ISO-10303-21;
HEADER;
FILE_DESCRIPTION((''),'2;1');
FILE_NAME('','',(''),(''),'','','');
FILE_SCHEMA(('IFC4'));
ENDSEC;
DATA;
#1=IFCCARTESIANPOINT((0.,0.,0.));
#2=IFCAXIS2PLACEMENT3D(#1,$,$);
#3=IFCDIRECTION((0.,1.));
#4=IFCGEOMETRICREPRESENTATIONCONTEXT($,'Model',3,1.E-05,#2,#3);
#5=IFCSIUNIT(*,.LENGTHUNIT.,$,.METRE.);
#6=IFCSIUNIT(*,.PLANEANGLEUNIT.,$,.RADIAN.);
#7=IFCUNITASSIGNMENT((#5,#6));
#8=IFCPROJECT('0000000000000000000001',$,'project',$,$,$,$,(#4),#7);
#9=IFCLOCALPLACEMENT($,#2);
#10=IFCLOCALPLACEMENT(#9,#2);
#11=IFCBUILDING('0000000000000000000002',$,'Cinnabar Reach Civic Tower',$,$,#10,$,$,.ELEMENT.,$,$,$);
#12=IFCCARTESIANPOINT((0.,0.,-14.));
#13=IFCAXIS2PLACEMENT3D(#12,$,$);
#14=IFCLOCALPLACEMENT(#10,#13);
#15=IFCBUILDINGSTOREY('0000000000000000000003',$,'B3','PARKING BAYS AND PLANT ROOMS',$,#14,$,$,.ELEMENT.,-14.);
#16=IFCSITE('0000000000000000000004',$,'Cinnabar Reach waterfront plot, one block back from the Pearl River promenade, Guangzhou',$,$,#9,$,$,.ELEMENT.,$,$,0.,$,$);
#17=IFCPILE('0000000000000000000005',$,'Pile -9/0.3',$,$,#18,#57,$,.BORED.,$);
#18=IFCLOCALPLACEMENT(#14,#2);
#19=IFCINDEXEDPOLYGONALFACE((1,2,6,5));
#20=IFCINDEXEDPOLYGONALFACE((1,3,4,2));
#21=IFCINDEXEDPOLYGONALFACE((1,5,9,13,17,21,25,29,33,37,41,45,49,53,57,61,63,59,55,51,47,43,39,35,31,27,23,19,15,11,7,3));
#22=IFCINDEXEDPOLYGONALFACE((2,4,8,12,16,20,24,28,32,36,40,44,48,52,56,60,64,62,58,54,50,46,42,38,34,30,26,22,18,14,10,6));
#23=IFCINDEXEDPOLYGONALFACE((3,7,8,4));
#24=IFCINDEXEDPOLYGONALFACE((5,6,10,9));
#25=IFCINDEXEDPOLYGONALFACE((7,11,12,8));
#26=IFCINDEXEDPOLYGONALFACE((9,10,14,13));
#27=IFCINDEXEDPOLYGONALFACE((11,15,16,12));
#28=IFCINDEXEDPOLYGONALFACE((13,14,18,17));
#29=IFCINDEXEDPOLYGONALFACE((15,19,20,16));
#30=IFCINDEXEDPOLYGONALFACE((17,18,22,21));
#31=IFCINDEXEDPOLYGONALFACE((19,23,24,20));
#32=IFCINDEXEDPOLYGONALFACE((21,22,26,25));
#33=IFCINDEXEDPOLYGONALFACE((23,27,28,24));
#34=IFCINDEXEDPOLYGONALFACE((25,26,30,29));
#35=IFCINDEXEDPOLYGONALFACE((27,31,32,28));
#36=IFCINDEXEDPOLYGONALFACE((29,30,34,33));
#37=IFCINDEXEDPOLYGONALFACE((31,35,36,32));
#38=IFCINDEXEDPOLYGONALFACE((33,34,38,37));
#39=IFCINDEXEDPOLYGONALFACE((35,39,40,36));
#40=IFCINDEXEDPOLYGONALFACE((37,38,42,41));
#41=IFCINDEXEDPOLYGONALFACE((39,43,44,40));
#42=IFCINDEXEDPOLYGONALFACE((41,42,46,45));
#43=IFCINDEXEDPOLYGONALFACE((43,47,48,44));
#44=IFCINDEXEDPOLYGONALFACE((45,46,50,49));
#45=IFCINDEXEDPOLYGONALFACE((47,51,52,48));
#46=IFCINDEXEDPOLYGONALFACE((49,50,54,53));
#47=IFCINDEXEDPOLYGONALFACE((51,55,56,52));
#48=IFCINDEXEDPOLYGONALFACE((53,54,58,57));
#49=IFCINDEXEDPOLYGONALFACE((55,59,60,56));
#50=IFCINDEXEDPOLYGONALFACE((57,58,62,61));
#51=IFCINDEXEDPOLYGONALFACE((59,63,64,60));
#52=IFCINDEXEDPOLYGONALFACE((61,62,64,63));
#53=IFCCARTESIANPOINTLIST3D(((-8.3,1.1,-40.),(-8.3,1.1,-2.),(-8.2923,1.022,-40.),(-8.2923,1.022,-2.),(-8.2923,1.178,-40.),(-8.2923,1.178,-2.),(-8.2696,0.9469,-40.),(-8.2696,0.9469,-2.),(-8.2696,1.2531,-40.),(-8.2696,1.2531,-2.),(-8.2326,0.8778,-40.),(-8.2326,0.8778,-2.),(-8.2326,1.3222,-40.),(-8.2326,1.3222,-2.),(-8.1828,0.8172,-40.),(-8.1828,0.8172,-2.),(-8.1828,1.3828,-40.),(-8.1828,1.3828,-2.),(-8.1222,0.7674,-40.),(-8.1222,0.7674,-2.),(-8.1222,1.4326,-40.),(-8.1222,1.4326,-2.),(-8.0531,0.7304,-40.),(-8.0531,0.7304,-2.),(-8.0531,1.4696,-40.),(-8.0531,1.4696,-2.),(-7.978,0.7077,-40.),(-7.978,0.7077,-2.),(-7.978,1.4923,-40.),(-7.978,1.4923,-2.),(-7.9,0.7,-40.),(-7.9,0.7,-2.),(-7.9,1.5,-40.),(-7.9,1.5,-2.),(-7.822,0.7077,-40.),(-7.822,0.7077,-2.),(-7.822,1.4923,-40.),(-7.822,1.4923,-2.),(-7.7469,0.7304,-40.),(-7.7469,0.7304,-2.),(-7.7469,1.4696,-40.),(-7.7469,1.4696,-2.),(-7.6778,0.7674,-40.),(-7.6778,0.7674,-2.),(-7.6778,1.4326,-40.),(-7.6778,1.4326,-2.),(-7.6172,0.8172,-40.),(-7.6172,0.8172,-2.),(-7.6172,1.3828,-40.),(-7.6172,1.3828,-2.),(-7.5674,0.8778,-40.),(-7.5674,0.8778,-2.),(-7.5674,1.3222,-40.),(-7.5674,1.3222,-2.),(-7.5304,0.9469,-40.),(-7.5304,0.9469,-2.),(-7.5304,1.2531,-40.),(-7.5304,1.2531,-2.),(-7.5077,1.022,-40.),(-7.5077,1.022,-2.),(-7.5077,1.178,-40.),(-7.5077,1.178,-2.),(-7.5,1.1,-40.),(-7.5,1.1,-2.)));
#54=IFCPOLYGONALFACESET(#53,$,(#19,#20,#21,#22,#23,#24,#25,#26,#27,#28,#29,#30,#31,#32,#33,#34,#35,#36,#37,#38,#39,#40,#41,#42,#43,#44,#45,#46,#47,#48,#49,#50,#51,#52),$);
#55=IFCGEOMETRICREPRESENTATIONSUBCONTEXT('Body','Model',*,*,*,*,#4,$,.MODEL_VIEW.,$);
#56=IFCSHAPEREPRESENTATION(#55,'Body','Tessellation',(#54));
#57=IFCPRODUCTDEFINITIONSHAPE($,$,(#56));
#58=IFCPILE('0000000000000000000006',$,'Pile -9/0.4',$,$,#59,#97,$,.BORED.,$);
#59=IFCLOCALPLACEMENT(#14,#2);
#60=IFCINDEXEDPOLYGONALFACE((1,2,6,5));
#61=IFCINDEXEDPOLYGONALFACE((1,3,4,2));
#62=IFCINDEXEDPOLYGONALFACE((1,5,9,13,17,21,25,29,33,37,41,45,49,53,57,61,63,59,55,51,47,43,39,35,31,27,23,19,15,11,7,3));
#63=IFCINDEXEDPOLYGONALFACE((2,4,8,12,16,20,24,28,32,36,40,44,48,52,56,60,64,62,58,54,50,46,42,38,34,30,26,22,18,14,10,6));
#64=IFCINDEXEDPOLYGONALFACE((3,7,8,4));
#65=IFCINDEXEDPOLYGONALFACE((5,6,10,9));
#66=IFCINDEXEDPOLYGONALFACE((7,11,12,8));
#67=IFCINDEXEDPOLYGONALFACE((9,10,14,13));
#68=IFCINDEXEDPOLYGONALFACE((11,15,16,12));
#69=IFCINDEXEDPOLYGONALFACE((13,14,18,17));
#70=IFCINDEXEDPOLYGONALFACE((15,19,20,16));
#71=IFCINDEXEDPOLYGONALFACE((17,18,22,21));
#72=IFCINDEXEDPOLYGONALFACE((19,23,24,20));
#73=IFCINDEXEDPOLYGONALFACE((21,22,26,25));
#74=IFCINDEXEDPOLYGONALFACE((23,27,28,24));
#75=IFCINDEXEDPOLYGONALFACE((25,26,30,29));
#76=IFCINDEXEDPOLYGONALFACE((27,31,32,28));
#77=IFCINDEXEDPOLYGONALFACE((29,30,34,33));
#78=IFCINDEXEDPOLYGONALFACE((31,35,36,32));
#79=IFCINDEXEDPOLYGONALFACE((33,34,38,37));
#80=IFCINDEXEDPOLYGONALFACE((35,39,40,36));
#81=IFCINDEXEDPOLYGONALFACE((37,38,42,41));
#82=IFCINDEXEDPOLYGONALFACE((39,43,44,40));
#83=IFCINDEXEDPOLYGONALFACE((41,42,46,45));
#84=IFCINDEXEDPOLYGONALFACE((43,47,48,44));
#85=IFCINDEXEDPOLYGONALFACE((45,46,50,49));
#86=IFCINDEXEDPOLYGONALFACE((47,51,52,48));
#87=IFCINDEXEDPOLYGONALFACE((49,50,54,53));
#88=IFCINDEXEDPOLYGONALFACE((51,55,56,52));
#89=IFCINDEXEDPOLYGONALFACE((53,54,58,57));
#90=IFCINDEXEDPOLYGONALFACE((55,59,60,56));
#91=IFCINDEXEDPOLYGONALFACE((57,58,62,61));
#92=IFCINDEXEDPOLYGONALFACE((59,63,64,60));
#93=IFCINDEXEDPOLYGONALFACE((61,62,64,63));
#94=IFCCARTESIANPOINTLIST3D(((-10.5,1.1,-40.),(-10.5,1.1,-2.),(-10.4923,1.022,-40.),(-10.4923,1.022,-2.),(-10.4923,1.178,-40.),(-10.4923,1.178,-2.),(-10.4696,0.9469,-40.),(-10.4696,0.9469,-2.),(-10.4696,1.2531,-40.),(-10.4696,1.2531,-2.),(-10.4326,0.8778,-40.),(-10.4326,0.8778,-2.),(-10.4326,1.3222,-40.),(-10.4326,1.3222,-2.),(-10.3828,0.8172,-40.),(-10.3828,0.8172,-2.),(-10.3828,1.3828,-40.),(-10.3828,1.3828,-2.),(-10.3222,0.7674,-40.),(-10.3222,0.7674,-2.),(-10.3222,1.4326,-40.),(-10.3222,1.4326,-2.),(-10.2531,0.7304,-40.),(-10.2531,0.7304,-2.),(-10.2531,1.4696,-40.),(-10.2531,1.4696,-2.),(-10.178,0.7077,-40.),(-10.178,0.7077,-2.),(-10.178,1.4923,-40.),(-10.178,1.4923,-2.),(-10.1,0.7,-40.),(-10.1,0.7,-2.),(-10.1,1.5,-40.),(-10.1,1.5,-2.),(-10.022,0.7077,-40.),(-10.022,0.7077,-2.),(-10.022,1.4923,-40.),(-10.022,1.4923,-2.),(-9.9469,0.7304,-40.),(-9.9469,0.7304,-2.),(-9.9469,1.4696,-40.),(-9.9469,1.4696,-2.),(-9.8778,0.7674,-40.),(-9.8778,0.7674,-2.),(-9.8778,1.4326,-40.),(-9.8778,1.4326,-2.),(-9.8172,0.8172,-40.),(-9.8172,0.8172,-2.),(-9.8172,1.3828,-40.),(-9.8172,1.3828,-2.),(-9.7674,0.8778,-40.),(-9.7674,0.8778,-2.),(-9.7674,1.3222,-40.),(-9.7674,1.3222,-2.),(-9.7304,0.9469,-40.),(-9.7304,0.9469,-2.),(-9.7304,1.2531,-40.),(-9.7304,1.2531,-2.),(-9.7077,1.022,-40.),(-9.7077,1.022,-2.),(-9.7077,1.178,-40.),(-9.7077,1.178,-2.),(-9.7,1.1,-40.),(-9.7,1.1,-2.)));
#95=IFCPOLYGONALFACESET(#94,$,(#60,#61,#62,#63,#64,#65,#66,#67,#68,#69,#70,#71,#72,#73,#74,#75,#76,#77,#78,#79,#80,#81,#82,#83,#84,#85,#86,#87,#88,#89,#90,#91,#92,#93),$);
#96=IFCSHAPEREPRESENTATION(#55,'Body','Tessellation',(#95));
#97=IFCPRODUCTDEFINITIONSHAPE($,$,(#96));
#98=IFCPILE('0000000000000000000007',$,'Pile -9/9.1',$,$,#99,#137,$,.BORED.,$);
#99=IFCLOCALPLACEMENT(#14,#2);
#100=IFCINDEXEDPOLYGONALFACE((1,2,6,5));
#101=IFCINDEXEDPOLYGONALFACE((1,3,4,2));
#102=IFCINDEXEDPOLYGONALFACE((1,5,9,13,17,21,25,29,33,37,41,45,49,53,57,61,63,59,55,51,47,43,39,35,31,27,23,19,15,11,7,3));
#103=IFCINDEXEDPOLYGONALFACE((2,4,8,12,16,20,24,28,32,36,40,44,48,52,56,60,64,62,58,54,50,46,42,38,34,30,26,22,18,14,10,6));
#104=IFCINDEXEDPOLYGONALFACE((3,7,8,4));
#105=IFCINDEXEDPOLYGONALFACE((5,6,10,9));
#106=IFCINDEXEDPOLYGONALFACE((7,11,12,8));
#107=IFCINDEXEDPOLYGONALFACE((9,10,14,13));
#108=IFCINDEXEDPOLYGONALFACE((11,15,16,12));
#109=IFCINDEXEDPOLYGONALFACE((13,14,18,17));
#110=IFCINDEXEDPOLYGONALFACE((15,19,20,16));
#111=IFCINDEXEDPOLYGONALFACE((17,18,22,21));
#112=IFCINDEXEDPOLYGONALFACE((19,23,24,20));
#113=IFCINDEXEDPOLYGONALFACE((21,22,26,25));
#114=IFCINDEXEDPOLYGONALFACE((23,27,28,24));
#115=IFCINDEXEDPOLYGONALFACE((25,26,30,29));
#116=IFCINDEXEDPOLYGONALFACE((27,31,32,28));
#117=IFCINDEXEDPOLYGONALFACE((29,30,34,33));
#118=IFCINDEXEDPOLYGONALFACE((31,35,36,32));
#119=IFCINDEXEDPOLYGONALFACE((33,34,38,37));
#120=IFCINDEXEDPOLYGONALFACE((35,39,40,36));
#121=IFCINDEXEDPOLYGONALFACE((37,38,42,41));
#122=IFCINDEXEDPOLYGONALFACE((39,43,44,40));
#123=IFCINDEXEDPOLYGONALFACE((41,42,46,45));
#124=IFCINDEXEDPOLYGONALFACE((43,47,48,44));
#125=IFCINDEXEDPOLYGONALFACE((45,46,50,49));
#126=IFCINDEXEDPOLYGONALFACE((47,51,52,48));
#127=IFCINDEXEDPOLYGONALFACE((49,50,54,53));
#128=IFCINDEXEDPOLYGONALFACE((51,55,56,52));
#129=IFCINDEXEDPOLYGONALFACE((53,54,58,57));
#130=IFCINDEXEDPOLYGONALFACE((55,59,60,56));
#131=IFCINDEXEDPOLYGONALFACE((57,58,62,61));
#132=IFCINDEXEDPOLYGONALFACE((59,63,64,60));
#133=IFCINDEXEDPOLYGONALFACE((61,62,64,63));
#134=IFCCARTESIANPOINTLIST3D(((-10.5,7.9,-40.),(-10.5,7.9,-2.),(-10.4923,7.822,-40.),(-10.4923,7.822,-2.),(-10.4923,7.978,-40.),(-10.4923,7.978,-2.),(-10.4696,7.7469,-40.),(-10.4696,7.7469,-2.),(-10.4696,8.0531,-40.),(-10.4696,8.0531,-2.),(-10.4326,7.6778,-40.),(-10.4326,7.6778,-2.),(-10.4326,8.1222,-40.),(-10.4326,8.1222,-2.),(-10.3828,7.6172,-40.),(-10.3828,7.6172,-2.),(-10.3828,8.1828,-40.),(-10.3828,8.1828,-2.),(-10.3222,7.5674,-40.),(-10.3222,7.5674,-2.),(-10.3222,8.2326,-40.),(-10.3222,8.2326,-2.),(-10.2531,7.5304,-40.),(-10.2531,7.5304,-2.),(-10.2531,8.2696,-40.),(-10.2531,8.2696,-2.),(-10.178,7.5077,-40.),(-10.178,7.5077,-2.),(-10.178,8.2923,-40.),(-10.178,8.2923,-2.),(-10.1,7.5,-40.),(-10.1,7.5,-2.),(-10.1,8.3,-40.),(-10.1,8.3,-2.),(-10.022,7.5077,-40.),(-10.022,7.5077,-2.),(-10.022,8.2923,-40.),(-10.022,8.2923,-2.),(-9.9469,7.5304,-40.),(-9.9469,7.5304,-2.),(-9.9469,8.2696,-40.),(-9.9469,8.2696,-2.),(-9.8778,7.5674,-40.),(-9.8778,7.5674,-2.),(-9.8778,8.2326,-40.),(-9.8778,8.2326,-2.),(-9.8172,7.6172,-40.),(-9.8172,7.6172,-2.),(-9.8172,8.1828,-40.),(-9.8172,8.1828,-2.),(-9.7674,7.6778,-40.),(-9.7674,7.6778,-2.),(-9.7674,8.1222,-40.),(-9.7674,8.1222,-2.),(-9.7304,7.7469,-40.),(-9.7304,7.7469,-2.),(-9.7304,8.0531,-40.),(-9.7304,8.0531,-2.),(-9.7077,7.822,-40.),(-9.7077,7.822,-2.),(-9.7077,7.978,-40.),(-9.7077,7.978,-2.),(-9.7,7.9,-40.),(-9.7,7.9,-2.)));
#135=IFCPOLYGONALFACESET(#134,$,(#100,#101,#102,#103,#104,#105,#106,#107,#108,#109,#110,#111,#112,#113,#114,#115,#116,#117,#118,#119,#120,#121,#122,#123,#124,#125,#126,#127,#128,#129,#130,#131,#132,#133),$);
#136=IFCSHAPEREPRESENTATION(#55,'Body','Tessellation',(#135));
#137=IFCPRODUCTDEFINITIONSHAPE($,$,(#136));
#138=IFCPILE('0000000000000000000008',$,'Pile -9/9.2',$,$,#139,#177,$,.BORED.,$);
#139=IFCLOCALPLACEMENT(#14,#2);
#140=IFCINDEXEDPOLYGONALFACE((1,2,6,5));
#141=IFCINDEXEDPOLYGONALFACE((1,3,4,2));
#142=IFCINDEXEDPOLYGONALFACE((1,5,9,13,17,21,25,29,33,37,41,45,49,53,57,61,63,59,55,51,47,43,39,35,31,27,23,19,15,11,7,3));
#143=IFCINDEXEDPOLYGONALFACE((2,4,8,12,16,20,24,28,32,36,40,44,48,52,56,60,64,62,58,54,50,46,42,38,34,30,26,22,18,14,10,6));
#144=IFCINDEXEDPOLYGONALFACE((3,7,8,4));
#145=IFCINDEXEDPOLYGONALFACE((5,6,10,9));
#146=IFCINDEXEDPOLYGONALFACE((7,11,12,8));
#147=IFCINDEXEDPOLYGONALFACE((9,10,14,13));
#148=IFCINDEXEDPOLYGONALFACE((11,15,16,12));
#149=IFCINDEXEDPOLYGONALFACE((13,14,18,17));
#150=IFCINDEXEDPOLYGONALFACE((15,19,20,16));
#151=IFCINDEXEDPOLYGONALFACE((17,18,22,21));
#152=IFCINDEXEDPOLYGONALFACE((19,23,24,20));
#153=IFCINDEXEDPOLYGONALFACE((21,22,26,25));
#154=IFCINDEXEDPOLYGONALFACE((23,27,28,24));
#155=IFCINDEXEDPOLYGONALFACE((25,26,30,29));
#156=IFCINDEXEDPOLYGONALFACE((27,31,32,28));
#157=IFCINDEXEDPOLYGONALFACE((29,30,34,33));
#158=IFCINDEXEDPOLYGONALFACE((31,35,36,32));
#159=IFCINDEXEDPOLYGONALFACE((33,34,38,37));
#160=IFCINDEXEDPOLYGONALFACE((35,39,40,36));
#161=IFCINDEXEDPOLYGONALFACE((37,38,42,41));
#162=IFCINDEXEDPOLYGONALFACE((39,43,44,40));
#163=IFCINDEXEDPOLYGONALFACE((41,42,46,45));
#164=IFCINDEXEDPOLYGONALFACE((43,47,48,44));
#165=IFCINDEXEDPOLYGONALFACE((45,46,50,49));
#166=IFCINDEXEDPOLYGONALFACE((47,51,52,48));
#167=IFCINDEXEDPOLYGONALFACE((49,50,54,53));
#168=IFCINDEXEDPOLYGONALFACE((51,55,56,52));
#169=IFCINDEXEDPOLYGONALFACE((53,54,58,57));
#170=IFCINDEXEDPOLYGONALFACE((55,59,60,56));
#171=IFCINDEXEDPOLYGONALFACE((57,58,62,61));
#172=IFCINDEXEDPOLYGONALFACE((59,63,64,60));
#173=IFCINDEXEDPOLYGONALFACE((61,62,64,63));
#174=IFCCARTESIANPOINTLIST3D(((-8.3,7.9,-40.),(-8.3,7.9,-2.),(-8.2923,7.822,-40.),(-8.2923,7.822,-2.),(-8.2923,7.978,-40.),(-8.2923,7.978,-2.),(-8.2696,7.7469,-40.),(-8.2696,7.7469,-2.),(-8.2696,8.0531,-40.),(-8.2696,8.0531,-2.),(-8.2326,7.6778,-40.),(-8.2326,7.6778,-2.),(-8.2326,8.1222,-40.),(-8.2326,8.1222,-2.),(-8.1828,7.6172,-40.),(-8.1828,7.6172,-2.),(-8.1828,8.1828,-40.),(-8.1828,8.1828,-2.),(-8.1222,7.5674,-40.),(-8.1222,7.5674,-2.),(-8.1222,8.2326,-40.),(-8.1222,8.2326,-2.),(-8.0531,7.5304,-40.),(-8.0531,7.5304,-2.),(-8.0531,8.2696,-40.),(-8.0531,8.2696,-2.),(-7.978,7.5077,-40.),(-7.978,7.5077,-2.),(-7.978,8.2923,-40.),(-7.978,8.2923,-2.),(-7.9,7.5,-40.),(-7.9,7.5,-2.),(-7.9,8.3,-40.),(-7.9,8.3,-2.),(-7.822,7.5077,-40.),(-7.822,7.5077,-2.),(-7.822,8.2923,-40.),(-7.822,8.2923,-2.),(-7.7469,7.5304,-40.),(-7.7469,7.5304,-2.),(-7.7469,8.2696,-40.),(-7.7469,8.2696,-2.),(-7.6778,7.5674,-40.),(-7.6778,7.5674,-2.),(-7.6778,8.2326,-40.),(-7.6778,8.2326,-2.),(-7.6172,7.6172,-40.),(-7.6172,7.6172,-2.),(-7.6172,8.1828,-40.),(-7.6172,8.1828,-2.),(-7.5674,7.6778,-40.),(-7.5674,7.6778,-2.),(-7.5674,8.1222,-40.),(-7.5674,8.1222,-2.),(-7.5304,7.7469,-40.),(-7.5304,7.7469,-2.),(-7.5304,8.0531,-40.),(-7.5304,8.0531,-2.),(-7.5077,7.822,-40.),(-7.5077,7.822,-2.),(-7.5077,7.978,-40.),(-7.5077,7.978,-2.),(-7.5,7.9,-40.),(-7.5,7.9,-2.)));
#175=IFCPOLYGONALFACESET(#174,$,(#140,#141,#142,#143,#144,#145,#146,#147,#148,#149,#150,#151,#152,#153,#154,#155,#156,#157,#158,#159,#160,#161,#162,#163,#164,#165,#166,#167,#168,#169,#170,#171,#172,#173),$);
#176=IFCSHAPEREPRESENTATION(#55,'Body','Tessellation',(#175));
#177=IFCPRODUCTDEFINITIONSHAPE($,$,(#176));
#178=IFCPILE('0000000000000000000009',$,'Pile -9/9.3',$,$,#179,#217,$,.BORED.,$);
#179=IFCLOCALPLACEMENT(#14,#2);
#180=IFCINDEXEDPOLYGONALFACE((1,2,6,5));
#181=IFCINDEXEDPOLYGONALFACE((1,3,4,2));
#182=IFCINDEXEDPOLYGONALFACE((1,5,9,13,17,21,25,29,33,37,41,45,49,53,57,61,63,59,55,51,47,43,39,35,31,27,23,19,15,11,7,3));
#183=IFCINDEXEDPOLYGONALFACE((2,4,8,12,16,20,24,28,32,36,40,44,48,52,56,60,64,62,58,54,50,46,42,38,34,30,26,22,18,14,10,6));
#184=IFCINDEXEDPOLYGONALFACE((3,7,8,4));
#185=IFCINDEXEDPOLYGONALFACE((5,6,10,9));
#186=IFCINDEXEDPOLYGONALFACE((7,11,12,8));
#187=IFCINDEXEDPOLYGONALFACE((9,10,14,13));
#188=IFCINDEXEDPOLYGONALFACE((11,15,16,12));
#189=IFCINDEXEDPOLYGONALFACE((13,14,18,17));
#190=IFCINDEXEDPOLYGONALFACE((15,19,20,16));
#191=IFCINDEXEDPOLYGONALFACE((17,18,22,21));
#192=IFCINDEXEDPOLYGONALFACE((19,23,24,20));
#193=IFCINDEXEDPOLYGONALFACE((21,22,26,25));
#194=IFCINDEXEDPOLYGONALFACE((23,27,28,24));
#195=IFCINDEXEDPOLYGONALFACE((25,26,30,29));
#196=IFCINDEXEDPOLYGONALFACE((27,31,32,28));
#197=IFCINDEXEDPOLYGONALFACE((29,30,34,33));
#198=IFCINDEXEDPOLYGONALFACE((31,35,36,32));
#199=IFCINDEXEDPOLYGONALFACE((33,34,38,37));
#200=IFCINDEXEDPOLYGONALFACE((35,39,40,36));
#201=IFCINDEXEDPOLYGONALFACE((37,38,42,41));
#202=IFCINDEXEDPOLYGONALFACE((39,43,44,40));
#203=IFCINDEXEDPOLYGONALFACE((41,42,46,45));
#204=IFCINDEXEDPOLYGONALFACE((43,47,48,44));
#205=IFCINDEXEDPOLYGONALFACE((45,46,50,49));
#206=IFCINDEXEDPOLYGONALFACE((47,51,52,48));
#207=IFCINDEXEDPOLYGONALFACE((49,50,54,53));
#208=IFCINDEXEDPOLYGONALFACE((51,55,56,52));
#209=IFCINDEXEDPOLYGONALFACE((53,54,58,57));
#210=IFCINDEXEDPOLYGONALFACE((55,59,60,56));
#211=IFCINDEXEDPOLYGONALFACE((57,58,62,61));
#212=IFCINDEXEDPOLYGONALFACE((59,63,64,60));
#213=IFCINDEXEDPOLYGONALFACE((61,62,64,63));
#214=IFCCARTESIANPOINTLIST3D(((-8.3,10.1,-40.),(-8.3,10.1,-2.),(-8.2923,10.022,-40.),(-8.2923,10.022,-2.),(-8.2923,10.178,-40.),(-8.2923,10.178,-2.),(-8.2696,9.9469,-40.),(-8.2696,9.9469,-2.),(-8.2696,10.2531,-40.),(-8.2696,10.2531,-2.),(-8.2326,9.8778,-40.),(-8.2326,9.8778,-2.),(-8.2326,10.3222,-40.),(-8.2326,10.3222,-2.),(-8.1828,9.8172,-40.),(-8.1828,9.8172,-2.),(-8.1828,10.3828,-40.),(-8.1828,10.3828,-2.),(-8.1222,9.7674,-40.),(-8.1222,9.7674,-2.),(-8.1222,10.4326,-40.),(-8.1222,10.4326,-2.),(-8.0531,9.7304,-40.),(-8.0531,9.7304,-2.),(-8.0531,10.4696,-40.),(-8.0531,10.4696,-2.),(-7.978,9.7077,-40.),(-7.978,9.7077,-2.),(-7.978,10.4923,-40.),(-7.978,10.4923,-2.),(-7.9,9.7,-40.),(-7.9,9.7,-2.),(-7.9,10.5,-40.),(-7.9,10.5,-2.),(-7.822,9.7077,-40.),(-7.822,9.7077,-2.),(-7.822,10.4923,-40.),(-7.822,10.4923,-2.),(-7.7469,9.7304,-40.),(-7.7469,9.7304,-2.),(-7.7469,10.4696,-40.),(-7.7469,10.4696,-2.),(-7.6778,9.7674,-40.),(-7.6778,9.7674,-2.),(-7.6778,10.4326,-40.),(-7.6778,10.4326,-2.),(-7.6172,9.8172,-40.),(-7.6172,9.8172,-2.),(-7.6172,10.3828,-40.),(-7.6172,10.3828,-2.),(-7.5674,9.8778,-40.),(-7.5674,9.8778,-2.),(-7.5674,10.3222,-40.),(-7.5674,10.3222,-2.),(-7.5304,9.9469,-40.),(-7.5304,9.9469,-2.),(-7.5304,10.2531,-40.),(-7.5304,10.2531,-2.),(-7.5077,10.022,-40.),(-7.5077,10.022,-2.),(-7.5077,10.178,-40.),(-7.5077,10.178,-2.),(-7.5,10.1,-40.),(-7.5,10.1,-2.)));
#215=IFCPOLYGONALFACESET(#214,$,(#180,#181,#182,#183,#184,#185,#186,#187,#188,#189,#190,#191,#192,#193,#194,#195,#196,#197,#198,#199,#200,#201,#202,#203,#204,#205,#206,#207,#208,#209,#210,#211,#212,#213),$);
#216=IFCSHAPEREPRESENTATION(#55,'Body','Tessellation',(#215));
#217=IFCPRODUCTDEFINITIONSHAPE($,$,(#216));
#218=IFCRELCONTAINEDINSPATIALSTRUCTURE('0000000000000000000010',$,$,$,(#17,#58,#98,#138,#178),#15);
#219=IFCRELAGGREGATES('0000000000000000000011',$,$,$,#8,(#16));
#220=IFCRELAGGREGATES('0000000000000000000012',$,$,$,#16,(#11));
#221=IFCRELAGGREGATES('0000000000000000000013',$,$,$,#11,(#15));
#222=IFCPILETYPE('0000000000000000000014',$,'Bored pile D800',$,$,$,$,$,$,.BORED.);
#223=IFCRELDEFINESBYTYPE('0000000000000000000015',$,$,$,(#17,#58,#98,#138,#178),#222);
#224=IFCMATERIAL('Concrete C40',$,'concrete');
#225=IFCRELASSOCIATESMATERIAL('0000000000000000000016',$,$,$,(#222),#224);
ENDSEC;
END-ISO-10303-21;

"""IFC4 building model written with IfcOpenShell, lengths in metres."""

from ifc_helpers import new_model, si_unit, direction, frame, origin, origin_2d, place, context, subcontext, project, spatial, circle, extrude, material, type_object, element, save


model = new_model("IFC4")

# Units and contexts
model_context = context("Model", 3, precision=1e-05, world=origin(), true_north=direction((0.0, 1.0)))
body_context = subcontext(model_context, "Body", "Model", "MODEL_VIEW")
ifc_project = project(units=[si_unit("LENGTHUNIT", "METRE"), si_unit("PLANEANGLEUNIT", "RADIAN")], contexts=[model_context])

# Site, building, storey
site_placement = place(None, origin())
site = spatial("IfcSite", under=ifc_project, at=site_placement, Name="Cinnabar Reach waterfront plot, one block back from the Pearl River promenade, Guangzhou", CompositionType="ELEMENT", RefElevation=0.0)
building_placement = place(site_placement, origin())
building = spatial("IfcBuilding", under=site, at=building_placement, Name="Cinnabar Reach Civic Tower", CompositionType="ELEMENT")
storey_placement = place(building_placement, frame((0.0, 0.0, -14.0)))
storey = spatial("IfcBuildingStorey", under=building, at=storey_placement, Name="B3", Description="PARKING BAYS AND PLANT ROOMS", CompositionType="ELEMENT", Elevation=-14.0)

# Piles
ifc_material_1 = material(Name="Concrete C40", Category="concrete")
pile_type = type_object("IfcPileType", Name="Bored pile D800", PredefinedType="BORED", material=ifc_material_1)
for number, where, z_axis, x_axis, name in (
    (1, (-7.9, 1.1, -2.0), (0.0, 0.0, -1.0), (1.0, 0.0, 0.0), "Pile -9/0.3"),
    (2, (-10.1, 1.1, -2.0), (0.0, 0.0, -1.0), (1.0, 0.0, 0.0), "Pile -9/0.4"),
    (3, (-10.1, 7.9, -2.0), (0.0, 0.0, -1.0), (1.0, 0.0, 0.0), "Pile -9/9.1"),
    (4, (-7.9, 7.9, -2.0), (0.0, 0.0, -1.0), (1.0, 0.0, 0.0), "Pile -9/9.2"),
    (5, (-7.9, 10.1, -2.0), (0.0, 0.0, -1.0), (1.0, 0.0, 0.0), "Pile -9/9.3"),
):
    element("IfcPile", number, at=place(storey_placement, frame(where, z_axis=z_axis, x_axis=x_axis)), inside=storey, type_object=pile_type, Name=name, PredefinedType="BORED", context=body_context, shape_type="SweptSolid", body=[
        extrude(circle(Radius=0.4, at=origin_2d()), origin(), (0.0, 0.0, 1.0), 38.0),
    ])

save(model, "model.ifc")
